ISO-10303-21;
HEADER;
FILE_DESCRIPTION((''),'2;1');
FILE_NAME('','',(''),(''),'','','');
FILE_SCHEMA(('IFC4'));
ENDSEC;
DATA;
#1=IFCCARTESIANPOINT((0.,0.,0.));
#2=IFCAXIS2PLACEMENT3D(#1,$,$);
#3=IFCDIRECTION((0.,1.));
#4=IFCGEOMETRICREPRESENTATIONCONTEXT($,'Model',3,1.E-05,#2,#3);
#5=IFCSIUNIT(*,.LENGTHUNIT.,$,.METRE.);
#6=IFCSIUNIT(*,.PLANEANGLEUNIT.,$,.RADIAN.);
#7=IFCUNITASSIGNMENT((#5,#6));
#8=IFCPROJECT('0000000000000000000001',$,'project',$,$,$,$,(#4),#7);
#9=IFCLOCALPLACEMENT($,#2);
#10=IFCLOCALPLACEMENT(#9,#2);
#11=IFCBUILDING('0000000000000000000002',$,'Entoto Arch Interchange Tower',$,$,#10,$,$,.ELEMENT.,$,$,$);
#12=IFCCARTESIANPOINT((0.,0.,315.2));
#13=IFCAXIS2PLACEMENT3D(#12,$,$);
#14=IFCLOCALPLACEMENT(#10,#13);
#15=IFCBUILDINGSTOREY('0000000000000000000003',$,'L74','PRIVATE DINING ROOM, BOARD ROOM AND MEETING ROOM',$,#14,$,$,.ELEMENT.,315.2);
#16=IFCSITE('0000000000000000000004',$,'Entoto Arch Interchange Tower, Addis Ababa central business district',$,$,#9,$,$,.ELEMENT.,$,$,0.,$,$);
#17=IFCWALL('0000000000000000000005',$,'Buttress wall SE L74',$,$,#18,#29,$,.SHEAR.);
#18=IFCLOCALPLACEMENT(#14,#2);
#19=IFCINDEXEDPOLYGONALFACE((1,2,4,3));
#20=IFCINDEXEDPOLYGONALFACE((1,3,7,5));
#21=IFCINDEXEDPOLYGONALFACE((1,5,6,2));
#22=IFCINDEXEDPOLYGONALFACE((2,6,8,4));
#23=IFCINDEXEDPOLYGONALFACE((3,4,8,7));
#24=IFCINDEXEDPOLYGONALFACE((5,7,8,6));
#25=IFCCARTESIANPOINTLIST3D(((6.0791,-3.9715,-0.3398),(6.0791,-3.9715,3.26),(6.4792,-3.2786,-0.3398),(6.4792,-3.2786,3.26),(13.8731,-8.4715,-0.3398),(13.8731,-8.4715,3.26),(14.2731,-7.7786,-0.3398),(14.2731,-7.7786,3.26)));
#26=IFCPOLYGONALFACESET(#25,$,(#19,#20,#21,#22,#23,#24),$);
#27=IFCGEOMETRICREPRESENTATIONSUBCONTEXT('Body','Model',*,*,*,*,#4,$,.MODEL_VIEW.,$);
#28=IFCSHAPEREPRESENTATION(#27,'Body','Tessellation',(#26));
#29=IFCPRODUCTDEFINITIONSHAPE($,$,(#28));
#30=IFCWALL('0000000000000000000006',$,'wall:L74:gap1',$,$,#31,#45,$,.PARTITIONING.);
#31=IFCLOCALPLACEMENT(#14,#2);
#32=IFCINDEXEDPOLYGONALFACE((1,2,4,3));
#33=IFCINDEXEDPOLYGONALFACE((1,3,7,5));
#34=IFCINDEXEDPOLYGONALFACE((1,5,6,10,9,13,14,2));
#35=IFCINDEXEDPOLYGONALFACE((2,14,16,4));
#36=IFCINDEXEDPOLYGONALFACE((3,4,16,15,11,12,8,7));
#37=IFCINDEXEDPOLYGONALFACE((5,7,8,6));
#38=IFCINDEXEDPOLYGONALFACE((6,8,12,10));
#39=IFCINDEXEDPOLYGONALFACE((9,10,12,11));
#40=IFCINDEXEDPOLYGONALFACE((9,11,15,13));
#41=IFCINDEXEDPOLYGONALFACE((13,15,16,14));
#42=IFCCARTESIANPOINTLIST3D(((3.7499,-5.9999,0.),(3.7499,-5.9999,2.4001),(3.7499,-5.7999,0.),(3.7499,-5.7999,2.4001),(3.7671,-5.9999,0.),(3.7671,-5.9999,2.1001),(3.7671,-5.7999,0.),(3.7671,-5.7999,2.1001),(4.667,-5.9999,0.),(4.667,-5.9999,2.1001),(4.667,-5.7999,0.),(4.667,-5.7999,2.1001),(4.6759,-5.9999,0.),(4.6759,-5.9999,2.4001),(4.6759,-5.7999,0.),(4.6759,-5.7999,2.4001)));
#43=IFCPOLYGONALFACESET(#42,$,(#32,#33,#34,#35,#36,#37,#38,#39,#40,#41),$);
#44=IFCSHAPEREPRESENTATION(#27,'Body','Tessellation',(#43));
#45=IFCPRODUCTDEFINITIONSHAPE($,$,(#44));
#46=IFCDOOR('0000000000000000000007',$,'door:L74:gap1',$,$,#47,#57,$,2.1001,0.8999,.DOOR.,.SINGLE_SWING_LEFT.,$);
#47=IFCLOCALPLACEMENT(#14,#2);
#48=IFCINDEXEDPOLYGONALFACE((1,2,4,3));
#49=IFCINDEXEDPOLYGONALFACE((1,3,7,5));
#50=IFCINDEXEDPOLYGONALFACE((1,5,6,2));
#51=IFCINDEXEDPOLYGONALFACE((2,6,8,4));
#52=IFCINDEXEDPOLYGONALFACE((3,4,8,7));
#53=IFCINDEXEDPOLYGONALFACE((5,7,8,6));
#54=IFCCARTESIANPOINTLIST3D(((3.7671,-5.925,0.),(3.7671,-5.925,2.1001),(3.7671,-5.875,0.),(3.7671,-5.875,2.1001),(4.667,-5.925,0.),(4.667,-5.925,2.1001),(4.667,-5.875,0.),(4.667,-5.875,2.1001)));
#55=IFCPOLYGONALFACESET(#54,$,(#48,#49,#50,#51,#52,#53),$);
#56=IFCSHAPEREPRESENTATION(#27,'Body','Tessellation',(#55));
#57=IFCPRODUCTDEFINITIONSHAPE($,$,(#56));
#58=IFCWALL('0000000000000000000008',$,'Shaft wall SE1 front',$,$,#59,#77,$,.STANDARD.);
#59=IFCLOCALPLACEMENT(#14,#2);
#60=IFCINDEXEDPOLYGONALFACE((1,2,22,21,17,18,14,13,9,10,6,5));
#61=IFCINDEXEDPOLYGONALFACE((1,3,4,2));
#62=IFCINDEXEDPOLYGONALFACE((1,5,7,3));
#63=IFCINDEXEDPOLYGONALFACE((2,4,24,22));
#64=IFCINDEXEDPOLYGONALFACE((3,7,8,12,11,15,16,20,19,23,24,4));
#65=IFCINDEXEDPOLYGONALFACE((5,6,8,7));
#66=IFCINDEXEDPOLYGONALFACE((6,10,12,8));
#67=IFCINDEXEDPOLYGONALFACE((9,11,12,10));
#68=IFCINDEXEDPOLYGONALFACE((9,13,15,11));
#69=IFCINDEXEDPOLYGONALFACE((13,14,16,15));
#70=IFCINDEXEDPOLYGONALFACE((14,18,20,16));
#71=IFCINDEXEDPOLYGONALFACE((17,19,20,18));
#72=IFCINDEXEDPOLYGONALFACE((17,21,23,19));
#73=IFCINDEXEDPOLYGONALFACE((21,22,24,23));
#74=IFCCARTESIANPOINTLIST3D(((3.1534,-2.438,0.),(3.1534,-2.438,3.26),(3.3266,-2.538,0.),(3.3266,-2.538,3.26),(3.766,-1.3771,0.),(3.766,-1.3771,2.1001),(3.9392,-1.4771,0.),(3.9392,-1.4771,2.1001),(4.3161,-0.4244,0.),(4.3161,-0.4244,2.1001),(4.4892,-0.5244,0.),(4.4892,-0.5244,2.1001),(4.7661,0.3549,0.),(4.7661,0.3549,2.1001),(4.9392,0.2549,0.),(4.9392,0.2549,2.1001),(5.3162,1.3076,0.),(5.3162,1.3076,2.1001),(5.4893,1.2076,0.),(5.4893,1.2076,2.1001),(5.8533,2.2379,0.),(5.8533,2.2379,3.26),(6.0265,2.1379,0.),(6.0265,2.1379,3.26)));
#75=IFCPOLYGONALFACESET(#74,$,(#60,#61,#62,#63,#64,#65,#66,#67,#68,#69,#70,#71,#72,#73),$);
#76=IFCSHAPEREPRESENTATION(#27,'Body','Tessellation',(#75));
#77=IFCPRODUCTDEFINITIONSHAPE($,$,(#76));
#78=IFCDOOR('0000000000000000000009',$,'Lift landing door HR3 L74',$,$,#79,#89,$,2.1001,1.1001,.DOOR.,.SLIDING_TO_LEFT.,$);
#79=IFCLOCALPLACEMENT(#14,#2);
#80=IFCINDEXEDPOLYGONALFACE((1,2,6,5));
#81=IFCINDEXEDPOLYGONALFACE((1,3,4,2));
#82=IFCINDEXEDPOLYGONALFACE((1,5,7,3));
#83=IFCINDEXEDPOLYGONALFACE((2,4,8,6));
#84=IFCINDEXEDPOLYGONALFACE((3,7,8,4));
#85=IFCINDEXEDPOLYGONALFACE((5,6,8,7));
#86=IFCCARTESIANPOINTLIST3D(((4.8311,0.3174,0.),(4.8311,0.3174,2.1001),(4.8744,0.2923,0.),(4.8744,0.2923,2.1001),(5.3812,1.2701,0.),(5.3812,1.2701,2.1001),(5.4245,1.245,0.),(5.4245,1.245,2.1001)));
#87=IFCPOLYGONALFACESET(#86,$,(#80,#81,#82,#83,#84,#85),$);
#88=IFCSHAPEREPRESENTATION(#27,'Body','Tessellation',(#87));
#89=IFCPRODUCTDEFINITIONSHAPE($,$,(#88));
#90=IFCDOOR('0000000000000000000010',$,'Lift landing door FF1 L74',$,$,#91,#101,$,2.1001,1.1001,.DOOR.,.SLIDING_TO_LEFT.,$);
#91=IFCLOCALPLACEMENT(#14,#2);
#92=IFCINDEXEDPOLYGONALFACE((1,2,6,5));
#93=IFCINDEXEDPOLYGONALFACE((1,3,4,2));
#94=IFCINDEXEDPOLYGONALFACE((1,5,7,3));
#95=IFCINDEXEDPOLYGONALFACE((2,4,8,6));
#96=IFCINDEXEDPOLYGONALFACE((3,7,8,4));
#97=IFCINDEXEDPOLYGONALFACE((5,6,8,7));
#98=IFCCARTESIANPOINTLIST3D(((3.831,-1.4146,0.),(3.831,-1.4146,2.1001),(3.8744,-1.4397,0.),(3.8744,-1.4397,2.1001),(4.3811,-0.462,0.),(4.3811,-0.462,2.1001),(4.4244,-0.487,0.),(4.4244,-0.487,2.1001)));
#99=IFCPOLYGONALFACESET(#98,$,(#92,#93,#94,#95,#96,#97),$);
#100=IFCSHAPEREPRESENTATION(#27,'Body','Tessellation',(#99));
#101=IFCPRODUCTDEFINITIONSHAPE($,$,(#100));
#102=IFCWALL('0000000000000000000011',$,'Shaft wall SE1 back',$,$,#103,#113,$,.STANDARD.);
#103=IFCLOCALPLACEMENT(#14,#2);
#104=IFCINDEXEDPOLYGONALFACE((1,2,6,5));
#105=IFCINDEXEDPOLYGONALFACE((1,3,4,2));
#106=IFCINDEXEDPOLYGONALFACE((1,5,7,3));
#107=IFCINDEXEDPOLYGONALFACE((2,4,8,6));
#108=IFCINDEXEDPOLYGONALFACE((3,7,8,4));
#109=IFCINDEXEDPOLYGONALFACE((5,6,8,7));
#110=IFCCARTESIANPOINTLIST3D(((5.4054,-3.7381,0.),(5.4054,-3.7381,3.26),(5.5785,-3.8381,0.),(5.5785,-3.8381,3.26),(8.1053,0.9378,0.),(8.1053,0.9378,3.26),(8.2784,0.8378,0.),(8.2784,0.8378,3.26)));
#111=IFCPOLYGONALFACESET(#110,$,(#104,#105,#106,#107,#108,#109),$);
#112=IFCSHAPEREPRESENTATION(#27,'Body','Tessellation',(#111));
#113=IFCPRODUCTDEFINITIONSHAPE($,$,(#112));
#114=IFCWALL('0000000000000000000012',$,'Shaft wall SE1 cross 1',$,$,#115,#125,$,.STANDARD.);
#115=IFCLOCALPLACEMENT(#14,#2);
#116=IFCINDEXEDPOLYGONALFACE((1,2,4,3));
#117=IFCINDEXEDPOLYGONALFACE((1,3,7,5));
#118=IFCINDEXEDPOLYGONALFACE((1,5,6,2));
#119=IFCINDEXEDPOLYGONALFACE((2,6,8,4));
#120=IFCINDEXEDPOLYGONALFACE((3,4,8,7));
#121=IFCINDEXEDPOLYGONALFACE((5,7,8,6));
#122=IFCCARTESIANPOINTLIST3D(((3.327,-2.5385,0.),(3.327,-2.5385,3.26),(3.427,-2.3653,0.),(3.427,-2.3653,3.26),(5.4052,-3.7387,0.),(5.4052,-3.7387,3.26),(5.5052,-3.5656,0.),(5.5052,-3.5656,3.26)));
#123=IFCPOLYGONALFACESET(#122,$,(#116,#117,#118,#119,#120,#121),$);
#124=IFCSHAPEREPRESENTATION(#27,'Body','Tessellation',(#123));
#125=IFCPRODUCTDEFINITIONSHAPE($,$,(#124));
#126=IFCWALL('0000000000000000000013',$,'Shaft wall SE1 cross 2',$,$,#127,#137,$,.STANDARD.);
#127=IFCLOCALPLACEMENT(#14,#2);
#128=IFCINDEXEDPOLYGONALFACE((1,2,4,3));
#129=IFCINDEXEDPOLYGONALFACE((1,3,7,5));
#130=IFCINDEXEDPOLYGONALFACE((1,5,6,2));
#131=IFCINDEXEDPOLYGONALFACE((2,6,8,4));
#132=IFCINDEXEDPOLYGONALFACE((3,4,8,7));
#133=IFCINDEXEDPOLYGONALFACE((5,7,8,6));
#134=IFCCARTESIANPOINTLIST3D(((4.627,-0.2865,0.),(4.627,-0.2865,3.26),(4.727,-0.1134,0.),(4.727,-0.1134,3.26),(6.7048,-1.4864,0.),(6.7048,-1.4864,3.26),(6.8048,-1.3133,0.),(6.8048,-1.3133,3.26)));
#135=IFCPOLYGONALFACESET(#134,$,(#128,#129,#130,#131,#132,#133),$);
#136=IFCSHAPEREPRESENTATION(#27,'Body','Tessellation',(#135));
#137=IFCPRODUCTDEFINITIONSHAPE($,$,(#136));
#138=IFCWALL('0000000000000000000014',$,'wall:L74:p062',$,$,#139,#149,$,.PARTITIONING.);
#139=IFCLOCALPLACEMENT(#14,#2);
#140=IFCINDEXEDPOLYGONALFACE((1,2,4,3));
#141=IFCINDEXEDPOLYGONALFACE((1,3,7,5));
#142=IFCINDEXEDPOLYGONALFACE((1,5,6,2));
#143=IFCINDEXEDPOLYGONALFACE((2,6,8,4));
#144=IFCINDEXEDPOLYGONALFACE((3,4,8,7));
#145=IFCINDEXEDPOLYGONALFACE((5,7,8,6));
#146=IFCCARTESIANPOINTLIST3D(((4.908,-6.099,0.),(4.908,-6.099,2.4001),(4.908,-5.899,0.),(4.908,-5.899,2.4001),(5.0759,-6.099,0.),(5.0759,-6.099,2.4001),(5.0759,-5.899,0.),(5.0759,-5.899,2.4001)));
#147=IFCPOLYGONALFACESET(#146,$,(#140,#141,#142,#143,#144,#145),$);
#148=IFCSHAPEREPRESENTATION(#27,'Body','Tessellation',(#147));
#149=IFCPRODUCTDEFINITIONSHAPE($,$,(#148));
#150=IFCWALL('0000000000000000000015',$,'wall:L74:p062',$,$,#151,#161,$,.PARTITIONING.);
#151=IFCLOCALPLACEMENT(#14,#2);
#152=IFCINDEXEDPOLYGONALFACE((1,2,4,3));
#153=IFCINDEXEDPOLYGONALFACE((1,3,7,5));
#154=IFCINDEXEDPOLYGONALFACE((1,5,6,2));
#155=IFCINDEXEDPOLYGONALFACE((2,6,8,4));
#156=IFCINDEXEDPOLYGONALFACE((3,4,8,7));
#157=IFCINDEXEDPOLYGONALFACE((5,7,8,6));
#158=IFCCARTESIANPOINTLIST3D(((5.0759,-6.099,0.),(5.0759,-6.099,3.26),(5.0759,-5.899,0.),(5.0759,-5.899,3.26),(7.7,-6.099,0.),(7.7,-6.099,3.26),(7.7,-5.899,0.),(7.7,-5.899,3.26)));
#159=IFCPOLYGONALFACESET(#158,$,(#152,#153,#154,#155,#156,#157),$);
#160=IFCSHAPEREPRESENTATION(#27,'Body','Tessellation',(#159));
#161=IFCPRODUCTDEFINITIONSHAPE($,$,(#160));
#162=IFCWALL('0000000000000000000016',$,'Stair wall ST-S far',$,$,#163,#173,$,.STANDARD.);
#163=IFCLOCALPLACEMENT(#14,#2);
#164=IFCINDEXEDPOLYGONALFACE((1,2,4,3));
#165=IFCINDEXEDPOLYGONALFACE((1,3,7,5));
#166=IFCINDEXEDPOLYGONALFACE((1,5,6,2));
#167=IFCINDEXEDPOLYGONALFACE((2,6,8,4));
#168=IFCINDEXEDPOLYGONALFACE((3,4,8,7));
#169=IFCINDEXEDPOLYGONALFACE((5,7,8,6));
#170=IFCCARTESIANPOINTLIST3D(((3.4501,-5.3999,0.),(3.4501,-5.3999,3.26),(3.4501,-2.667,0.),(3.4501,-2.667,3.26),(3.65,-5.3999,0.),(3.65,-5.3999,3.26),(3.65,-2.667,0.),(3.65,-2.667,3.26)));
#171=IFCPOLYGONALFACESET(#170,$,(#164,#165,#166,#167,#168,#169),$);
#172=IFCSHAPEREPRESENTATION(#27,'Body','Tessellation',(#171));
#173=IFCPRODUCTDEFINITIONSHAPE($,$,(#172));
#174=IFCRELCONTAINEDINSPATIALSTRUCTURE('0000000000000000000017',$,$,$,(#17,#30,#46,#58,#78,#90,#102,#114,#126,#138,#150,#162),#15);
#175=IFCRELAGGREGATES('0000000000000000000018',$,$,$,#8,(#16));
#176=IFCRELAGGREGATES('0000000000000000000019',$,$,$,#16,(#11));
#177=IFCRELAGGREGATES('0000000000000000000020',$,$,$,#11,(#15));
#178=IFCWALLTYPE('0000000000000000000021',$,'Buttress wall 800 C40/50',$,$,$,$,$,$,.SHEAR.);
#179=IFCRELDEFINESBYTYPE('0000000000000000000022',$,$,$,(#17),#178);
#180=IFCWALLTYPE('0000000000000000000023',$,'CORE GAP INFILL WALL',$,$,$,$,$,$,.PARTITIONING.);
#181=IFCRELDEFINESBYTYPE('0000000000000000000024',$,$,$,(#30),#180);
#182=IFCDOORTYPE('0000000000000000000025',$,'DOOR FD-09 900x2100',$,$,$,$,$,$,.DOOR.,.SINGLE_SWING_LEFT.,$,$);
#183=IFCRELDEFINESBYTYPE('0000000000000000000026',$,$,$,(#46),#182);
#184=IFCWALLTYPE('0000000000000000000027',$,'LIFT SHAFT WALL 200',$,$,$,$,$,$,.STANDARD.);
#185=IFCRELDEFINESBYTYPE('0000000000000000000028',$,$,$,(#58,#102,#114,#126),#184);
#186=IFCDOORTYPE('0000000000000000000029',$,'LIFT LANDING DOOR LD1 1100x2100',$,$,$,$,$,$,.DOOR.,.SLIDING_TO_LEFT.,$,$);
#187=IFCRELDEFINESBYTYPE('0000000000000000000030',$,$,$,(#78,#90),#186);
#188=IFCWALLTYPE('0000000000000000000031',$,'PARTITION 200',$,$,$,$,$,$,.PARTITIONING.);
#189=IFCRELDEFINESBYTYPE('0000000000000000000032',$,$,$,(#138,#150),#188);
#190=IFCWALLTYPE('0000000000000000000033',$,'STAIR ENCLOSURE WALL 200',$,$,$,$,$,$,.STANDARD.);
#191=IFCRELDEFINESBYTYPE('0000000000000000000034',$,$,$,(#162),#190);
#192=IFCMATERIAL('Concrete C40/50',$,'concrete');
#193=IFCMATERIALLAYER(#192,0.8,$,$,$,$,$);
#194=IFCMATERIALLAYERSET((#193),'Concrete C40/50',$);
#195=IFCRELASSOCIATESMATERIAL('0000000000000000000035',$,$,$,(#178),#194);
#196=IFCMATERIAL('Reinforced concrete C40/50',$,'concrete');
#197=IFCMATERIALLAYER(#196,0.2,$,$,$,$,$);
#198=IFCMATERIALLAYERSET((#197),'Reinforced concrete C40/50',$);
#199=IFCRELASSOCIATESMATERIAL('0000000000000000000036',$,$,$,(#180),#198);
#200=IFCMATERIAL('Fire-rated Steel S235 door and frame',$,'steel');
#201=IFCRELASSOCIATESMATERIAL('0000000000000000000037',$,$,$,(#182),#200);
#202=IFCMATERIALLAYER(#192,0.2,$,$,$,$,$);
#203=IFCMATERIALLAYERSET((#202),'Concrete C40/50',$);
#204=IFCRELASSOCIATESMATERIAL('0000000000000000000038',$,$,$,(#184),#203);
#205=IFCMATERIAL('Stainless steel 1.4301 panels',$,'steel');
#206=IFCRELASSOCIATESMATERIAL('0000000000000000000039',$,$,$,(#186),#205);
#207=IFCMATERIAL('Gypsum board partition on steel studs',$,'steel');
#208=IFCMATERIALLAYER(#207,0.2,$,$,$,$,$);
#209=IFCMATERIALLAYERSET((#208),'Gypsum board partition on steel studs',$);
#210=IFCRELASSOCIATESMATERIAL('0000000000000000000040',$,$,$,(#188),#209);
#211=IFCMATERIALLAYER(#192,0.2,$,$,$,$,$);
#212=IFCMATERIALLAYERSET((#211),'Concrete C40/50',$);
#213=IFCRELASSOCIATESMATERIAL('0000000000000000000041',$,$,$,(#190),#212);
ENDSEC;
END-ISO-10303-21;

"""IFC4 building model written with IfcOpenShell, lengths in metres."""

from ifc_helpers import new_model, si_unit, direction, frame, frame_2d, origin, place, context, subcontext, project, spatial, rectangle, extrude, material, layer, layer_set, type_object, element, fill, save


model = new_model("IFC4")

# Units and contexts
model_context = context("Model", 3, precision=1e-05, world=origin(), true_north=direction((0.0, 1.0)))
body_context = subcontext(model_context, "Body", "Model", "MODEL_VIEW")
ifc_project = project(units=[si_unit("LENGTHUNIT", "METRE"), si_unit("PLANEANGLEUNIT", "RADIAN")], contexts=[model_context])

# Site, building, storey
site_placement = place(None, origin())
site = spatial("IfcSite", under=ifc_project, at=site_placement, Name="Entoto Arch Interchange Tower, Addis Ababa central business district", CompositionType="ELEMENT", RefElevation=0.0)
building_placement = place(site_placement, origin())
building = spatial("IfcBuilding", under=site, at=building_placement, Name="Entoto Arch Interchange Tower", CompositionType="ELEMENT")
storey_placement = place(building_placement, frame((0.0, 0.0, 315.2)))
storey = spatial("IfcBuildingStorey", under=building, at=storey_placement, Name="L74", Description="PRIVATE DINING ROOM, BOARD ROOM AND MEETING ROOM", CompositionType="ELEMENT", Elevation=315.2)

# Shared definitions
ifc_material_1 = material(Name="Concrete C40/50", Category="concrete")

# Wall
ifc_layer_1 = layer(ifc_material_1, 0.8)
ifc_layer_set_1 = layer_set([ifc_layer_1], Name="Concrete C40/50")
wall_type_1 = type_object("IfcWallType", Name="Buttress wall 800 C40/50", PredefinedType="SHEAR", material=ifc_layer_set_1)
wall_1_placement = place(storey_placement, frame((6.2791, -3.625, -0.3398), z_axis=(0.0, 0.0, 1.0), x_axis=(0.866018, -0.500014, 0.0)))
element("IfcWall", 1, at=wall_1_placement, inside=storey, type_object=wall_type_1, Name="Buttress wall SE L74", PredefinedType="SHEAR", context=body_context, shape_type="SweptSolid", body=[
    extrude(rectangle(XDim=8.9998, YDim=0.8, at=frame_2d((4.5, 0.0))), origin(), (0.0, 0.0, 1.0), 3.5999),
])

# Wall, opening, door
ifc_material_2 = material(Name="Reinforced concrete C40/50", Category="concrete")
ifc_layer_2 = layer(ifc_material_2, 0.2)
ifc_layer_set_2 = layer_set([ifc_layer_2], Name="Reinforced concrete C40/50")
wall_type_2 = type_object("IfcWallType", Name="CORE GAP INFILL WALL", PredefinedType="PARTITIONING", material=ifc_layer_set_2)
wall_2_placement = place(storey_placement, frame((3.75, -5.8999, 0.0), z_axis=(0.0, 0.0, 1.0), x_axis=(1.0, 0.0, 0.0)))
wall_2 = element("IfcWall", 2, at=wall_2_placement, inside=storey, type_object=wall_type_2, Name="wall:L74:gap1", PredefinedType="PARTITIONING", context=body_context, shape_type="SweptSolid", body=[
    extrude(rectangle(XDim=0.926, YDim=0.2, at=frame_2d((0.4629, 0.0))), origin(), (0.0, 0.0, 1.0), 2.4001),
])
opening_1_placement = place(wall_2_placement, frame((0.0171, 0.0, 0.0)))
opening_1 = element("IfcOpeningElement", 3, at=opening_1_placement, cuts=wall_2, PredefinedType="OPENING", context=body_context, shape_type="SweptSolid", body=[
    extrude(rectangle(XDim=0.8999, YDim=2.1001, at=frame_2d((0.45, 1.05))), frame((0.0, 0.1099, 0.0), z_axis=(0.0, -1.0, 0.0), x_axis=(1.0, 0.0, 0.0)), (0.0, 0.0, 1.0), 0.22),
])
ifc_material_3 = material(Name="Fire-rated Steel S235 door and frame", Category="steel")
door_type_1 = type_object("IfcDoorType", Name="DOOR FD-09 900x2100", OperationType="SINGLE_SWING_LEFT", PredefinedType="DOOR", material=ifc_material_3)
door_1_placement = place(opening_1_placement, origin())
door_1 = element("IfcDoor", 4, at=door_1_placement, inside=storey, type_object=door_type_1, Name="door:L74:gap1", OperationType="SINGLE_SWING_LEFT", OverallHeight=2.1001, OverallWidth=0.8999, PredefinedType="DOOR", context=body_context, shape_type="SweptSolid", body=[
    extrude(rectangle(XDim=0.8999, YDim=2.1001, at=frame_2d((0.45, 1.05))), frame((0.0, 0.0249, 0.0), z_axis=(0.0, -1.0, 0.0), x_axis=(1.0, 0.0, 0.0)), (0.0, 0.0, 1.0), 0.05),
])
fill(opening_1, door_1)

# Wall, openings, doors
ifc_layer_3 = layer(ifc_material_1, 0.2)
ifc_layer_set_3 = layer_set([ifc_layer_3], Name="Concrete C40/50")
wall_type_3 = type_object("IfcWallType", Name="LIFT SHAFT WALL 200", PredefinedType="STANDARD", material=ifc_layer_set_3)
wall_3_placement = place(storey_placement, frame((3.24, -2.488, 0.0), z_axis=(0.0, 0.0, 1.0), x_axis=(0.500034, 0.866006, 0.0)))
wall_3 = element("IfcWall", 5, at=wall_3_placement, inside=storey, type_object=wall_type_3, Name="Shaft wall SE1 front", PredefinedType="STANDARD", context=body_context, shape_type="SweptSolid", body=[
    extrude(rectangle(XDim=5.3994, YDim=0.2, at=frame_2d((2.6997, 0.0))), origin(), (0.0, 0.0, 1.0), 3.26),
])
opening_2_placement = place(wall_3_placement, frame((3.2251, 0.0, 0.0)))
opening_2 = element("IfcOpeningElement", 6, at=opening_2_placement, cuts=wall_3, PredefinedType="OPENING", context=body_context, shape_type="SweptSolid", body=[
    extrude(rectangle(XDim=1.1001, YDim=2.1001, at=frame_2d((0.55, 1.05))), frame((0.0, 0.1099, 0.0), z_axis=(0.0, -1.0, 0.0), x_axis=(1.0, 0.0, 0.0)), (0.0, 0.0, 1.0), 0.22),
])
opening_3_placement = place(wall_3_placement, frame((1.2251, 0.0, 0.0)))
opening_3 = element("IfcOpeningElement", 7, at=opening_3_placement, cuts=wall_3, PredefinedType="OPENING", context=body_context, shape_type="SweptSolid", body=[
    extrude(rectangle(XDim=1.1001, YDim=2.1001, at=frame_2d((0.55, 1.05))), frame((0.0, 0.1099, 0.0), z_axis=(0.0, -1.0, 0.0), x_axis=(1.0, 0.0, 0.0)), (0.0, 0.0, 1.0), 0.22),
])
ifc_material_4 = material(Name="Stainless steel 1.4301 panels", Category="steel")
door_type_2 = type_object("IfcDoorType", Name="LIFT LANDING DOOR LD1 1100x2100", OperationType="SLIDING_TO_LEFT", PredefinedType="DOOR", material=ifc_material_4)
door_2_placement = place(opening_2_placement, origin())
door_2 = element("IfcDoor", 8, at=door_2_placement, inside=storey, type_object=door_type_2, Name="Lift landing door HR3 L74", OperationType="SLIDING_TO_LEFT", OverallHeight=2.1001, OverallWidth=1.1001, PredefinedType="DOOR", context=body_context, shape_type="SweptSolid", body=[
    extrude(rectangle(XDim=1.1001, YDim=2.1001, at=frame_2d((0.55, 1.05))), frame((0.0, 0.0249, 0.0), z_axis=(0.0, -1.0, 0.0), x_axis=(1.0, 0.0, 0.0)), (0.0, 0.0, 1.0), 0.05),
])
fill(opening_2, door_2)
door_3_placement = place(opening_3_placement, origin())
door_3 = element("IfcDoor", 9, at=door_3_placement, inside=storey, type_object=door_type_2, Name="Lift landing door FF1 L74", OperationType="SLIDING_TO_LEFT", OverallHeight=2.1001, OverallWidth=1.1001, PredefinedType="DOOR", context=body_context, shape_type="SweptSolid", body=[
    extrude(rectangle(XDim=1.1001, YDim=2.1001, at=frame_2d((0.55, 1.05))), frame((0.0, 0.0249, 0.0), z_axis=(0.0, -1.0, 0.0), x_axis=(1.0, 0.0, 0.0)), (0.0, 0.0, 1.0), 0.05),
])
fill(opening_3, door_3)

# Walls
wall_4_placement = place(storey_placement, frame((5.4919, -3.7881, 0.0), z_axis=(0.0, 0.0, 1.0), x_axis=(0.500034, 0.866006, 0.0)))
element("IfcWall", 10, at=wall_4_placement, inside=storey, type_object=wall_type_3, Name="Shaft wall SE1 back", PredefinedType="STANDARD", context=body_context, shape_type="SweptSolid", body=[
    extrude(rectangle(XDim=5.3994, YDim=0.2, at=frame_2d((2.6997, 0.0))), origin(), (0.0, 0.0, 1.0), 3.26),
])
wall_5_placement = place(storey_placement, frame((3.377, -2.4519, 0.0), z_axis=(0.0, 0.0, 1.0), x_axis=(0.865955, -0.500122, 0.0)))
element("IfcWall", 11, at=wall_5_placement, inside=storey, type_object=wall_type_3, Name="Shaft wall SE1 cross 1", PredefinedType="STANDARD", context=body_context, shape_type="SweptSolid", body=[
    extrude(rectangle(XDim=2.3999, YDim=0.2, at=frame_2d((1.2, 0.0))), origin(), (0.0, 0.0, 1.0), 3.26),
])
wall_6_placement = place(storey_placement, frame((4.677, -0.2, 0.0), z_axis=(0.0, 0.0, 1.0), x_axis=(0.865974, -0.500089, 0.0)))
element("IfcWall", 12, at=wall_6_placement, inside=storey, type_object=wall_type_3, Name="Shaft wall SE1 cross 2", PredefinedType="STANDARD", context=body_context, shape_type="SweptSolid", body=[
    extrude(rectangle(XDim=2.3994, YDim=0.2, at=frame_2d((1.1997, 0.0))), origin(), (0.0, 0.0, 1.0), 3.26),
])
ifc_material_5 = material(Name="Gypsum board partition on steel studs", Category="steel")
ifc_layer_4 = layer(ifc_material_5, 0.2)
ifc_layer_set_4 = layer_set([ifc_layer_4], Name="Gypsum board partition on steel studs")
wall_type_4 = type_object("IfcWallType", Name="PARTITION 200", PredefinedType="PARTITIONING", material=ifc_layer_set_4)
wall_7_placement = place(storey_placement, frame((4.908, -5.999, 0.0), z_axis=(0.0, 0.0, 1.0), x_axis=(1.0, 0.0, 0.0)))
element("IfcWall", 13, at=wall_7_placement, inside=storey, type_object=wall_type_4, Name="wall:L74:p062", PredefinedType="PARTITIONING", context=body_context, shape_type="SweptSolid", body=[
    extrude(rectangle(XDim=0.168, YDim=0.2, at=frame_2d((0.084, 0.0))), origin(), (0.0, 0.0, 1.0), 2.4001),
])
wall_8_placement = place(storey_placement, frame((5.0759, -5.999, 0.0), z_axis=(0.0, 0.0, 1.0), x_axis=(1.0, 0.0, 0.0)))
element("IfcWall", 14, at=wall_8_placement, inside=storey, type_object=wall_type_4, Name="wall:L74:p062", PredefinedType="PARTITIONING", context=body_context, shape_type="SweptSolid", body=[
    extrude(rectangle(XDim=2.624, YDim=0.2, at=frame_2d((1.312, 0.0))), origin(), (0.0, 0.0, 1.0), 3.26),
])
ifc_layer_5 = layer(ifc_material_1, 0.2)
ifc_layer_set_5 = layer_set([ifc_layer_5], Name="Concrete C40/50")
wall_type_5 = type_object("IfcWallType", Name="STAIR ENCLOSURE WALL 200", PredefinedType="STANDARD", material=ifc_layer_set_5)
wall_9_placement = place(storey_placement, frame((3.55, -2.667, 0.0), z_axis=(0.0, 0.0, 1.0), x_axis=(0.0, -1.0, 0.0)))
element("IfcWall", 15, at=wall_9_placement, inside=storey, type_object=wall_type_5, Name="Stair wall ST-S far", PredefinedType="STANDARD", context=body_context, shape_type="SweptSolid", body=[
    extrude(rectangle(XDim=2.7329, YDim=0.2, at=frame_2d((1.3665, 0.0))), origin(), (0.0, 0.0, 1.0), 3.26),
])

save(model, "model.ifc")
